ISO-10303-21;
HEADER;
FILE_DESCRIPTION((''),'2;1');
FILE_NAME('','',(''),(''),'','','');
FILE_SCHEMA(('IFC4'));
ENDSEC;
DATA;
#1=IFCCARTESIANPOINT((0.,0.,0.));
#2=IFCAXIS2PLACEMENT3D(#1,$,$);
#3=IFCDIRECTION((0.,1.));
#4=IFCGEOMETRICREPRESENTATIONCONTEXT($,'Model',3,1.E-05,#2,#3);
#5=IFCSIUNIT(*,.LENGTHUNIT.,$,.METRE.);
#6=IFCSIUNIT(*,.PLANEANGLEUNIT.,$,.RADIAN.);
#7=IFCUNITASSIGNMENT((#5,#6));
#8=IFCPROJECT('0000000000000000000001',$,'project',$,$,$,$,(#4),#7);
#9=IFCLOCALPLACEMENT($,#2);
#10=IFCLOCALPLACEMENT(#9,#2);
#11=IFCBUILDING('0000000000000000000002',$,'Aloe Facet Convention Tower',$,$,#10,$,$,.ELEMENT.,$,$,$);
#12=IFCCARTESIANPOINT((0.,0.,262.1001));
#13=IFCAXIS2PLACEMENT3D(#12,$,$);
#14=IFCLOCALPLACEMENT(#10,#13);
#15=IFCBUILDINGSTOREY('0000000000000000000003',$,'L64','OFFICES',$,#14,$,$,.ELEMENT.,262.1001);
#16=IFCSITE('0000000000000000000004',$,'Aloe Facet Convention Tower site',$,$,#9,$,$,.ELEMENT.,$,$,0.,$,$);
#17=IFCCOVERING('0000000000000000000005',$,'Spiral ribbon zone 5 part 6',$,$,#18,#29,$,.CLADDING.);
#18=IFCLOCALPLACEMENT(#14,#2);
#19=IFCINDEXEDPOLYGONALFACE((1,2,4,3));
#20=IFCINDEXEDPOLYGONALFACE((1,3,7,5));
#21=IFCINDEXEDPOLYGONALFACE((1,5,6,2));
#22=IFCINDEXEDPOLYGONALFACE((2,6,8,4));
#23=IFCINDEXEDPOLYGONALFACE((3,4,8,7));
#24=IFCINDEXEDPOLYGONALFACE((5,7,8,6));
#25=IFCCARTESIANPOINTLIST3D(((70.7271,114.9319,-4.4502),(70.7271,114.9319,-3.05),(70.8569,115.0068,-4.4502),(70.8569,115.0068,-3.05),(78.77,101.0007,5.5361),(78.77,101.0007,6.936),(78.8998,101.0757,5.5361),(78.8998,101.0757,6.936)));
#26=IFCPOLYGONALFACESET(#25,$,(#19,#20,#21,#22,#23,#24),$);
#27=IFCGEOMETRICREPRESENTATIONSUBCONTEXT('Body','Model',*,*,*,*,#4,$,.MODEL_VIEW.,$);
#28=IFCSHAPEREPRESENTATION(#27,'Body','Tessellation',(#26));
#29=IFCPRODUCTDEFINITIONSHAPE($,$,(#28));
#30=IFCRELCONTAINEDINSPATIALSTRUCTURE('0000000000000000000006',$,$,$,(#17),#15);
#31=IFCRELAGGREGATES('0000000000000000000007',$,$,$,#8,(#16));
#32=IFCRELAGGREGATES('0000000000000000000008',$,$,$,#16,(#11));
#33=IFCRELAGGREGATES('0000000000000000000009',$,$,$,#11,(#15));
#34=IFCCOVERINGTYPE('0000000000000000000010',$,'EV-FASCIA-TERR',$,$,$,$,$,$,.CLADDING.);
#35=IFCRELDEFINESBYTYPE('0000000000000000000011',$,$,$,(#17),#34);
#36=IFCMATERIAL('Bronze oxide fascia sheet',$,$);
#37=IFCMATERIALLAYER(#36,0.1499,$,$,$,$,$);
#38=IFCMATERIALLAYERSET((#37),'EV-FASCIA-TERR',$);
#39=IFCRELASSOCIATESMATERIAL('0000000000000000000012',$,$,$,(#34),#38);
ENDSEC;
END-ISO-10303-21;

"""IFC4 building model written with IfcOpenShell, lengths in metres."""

from ifc_helpers import new_model, si_unit, direction, frame, origin, place, context, subcontext, project, spatial, polyline, outline, extrude, material, layer, layer_set, type_object, element, save


model = new_model("IFC4")

# Units and contexts
model_context = context("Model", 3, precision=1e-05, world=origin(), true_north=direction((0.0, 1.0)))
body_context = subcontext(model_context, "Body", "Model", "MODEL_VIEW")
ifc_project = project(units=[si_unit("LENGTHUNIT", "METRE"), si_unit("PLANEANGLEUNIT", "RADIAN")], contexts=[model_context])

# Site, building, storey
site_placement = place(None, origin())
site = spatial("IfcSite", under=ifc_project, at=site_placement, Name="Aloe Facet Convention Tower site", CompositionType="ELEMENT", RefElevation=0.0)
building_placement = place(site_placement, origin())
building = spatial("IfcBuilding", under=site, at=building_placement, Name="Aloe Facet Convention Tower", CompositionType="ELEMENT")
storey_placement = place(building_placement, frame((0.0, 0.0, 262.1001)))
storey = spatial("IfcBuildingStorey", under=building, at=storey_placement, Name="L64", Description="OFFICES", CompositionType="ELEMENT", Elevation=262.1001)

# Covering
ifc_material_1 = material(Name="Bronze oxide fascia sheet")
ifc_layer_1 = layer(ifc_material_1, 0.1499)
ifc_layer_set_1 = layer_set([ifc_layer_1], Name="EV-FASCIA-TERR")
covering_type = type_object("IfcCoveringType", Name="EV-FASCIA-TERR", PredefinedType="CLADDING", material=ifc_layer_set_1)
covering_placement = place(storey_placement, frame((70.7271, 114.9319, -4.4502), z_axis=(-0.86603, -0.499991, 0.0), x_axis=(0.424792, -0.735778, 0.527431)))
element("IfcCovering", 1, at=covering_placement, inside=storey, type_object=covering_type, Name="Spiral ribbon zone 5 part 6", PredefinedType="CLADDING", context=body_context, shape_type="SweptSolid", body=[
    extrude(outline(polyline([(0.0, 0.0), (18.9339, 0.0), (19.6723, 1.1894), (0.7385, 1.1896), (0.0, 0.0)])), origin(), (0.0, 0.0, -1.0), 0.1499),
])

save(model, "model.ifc")
